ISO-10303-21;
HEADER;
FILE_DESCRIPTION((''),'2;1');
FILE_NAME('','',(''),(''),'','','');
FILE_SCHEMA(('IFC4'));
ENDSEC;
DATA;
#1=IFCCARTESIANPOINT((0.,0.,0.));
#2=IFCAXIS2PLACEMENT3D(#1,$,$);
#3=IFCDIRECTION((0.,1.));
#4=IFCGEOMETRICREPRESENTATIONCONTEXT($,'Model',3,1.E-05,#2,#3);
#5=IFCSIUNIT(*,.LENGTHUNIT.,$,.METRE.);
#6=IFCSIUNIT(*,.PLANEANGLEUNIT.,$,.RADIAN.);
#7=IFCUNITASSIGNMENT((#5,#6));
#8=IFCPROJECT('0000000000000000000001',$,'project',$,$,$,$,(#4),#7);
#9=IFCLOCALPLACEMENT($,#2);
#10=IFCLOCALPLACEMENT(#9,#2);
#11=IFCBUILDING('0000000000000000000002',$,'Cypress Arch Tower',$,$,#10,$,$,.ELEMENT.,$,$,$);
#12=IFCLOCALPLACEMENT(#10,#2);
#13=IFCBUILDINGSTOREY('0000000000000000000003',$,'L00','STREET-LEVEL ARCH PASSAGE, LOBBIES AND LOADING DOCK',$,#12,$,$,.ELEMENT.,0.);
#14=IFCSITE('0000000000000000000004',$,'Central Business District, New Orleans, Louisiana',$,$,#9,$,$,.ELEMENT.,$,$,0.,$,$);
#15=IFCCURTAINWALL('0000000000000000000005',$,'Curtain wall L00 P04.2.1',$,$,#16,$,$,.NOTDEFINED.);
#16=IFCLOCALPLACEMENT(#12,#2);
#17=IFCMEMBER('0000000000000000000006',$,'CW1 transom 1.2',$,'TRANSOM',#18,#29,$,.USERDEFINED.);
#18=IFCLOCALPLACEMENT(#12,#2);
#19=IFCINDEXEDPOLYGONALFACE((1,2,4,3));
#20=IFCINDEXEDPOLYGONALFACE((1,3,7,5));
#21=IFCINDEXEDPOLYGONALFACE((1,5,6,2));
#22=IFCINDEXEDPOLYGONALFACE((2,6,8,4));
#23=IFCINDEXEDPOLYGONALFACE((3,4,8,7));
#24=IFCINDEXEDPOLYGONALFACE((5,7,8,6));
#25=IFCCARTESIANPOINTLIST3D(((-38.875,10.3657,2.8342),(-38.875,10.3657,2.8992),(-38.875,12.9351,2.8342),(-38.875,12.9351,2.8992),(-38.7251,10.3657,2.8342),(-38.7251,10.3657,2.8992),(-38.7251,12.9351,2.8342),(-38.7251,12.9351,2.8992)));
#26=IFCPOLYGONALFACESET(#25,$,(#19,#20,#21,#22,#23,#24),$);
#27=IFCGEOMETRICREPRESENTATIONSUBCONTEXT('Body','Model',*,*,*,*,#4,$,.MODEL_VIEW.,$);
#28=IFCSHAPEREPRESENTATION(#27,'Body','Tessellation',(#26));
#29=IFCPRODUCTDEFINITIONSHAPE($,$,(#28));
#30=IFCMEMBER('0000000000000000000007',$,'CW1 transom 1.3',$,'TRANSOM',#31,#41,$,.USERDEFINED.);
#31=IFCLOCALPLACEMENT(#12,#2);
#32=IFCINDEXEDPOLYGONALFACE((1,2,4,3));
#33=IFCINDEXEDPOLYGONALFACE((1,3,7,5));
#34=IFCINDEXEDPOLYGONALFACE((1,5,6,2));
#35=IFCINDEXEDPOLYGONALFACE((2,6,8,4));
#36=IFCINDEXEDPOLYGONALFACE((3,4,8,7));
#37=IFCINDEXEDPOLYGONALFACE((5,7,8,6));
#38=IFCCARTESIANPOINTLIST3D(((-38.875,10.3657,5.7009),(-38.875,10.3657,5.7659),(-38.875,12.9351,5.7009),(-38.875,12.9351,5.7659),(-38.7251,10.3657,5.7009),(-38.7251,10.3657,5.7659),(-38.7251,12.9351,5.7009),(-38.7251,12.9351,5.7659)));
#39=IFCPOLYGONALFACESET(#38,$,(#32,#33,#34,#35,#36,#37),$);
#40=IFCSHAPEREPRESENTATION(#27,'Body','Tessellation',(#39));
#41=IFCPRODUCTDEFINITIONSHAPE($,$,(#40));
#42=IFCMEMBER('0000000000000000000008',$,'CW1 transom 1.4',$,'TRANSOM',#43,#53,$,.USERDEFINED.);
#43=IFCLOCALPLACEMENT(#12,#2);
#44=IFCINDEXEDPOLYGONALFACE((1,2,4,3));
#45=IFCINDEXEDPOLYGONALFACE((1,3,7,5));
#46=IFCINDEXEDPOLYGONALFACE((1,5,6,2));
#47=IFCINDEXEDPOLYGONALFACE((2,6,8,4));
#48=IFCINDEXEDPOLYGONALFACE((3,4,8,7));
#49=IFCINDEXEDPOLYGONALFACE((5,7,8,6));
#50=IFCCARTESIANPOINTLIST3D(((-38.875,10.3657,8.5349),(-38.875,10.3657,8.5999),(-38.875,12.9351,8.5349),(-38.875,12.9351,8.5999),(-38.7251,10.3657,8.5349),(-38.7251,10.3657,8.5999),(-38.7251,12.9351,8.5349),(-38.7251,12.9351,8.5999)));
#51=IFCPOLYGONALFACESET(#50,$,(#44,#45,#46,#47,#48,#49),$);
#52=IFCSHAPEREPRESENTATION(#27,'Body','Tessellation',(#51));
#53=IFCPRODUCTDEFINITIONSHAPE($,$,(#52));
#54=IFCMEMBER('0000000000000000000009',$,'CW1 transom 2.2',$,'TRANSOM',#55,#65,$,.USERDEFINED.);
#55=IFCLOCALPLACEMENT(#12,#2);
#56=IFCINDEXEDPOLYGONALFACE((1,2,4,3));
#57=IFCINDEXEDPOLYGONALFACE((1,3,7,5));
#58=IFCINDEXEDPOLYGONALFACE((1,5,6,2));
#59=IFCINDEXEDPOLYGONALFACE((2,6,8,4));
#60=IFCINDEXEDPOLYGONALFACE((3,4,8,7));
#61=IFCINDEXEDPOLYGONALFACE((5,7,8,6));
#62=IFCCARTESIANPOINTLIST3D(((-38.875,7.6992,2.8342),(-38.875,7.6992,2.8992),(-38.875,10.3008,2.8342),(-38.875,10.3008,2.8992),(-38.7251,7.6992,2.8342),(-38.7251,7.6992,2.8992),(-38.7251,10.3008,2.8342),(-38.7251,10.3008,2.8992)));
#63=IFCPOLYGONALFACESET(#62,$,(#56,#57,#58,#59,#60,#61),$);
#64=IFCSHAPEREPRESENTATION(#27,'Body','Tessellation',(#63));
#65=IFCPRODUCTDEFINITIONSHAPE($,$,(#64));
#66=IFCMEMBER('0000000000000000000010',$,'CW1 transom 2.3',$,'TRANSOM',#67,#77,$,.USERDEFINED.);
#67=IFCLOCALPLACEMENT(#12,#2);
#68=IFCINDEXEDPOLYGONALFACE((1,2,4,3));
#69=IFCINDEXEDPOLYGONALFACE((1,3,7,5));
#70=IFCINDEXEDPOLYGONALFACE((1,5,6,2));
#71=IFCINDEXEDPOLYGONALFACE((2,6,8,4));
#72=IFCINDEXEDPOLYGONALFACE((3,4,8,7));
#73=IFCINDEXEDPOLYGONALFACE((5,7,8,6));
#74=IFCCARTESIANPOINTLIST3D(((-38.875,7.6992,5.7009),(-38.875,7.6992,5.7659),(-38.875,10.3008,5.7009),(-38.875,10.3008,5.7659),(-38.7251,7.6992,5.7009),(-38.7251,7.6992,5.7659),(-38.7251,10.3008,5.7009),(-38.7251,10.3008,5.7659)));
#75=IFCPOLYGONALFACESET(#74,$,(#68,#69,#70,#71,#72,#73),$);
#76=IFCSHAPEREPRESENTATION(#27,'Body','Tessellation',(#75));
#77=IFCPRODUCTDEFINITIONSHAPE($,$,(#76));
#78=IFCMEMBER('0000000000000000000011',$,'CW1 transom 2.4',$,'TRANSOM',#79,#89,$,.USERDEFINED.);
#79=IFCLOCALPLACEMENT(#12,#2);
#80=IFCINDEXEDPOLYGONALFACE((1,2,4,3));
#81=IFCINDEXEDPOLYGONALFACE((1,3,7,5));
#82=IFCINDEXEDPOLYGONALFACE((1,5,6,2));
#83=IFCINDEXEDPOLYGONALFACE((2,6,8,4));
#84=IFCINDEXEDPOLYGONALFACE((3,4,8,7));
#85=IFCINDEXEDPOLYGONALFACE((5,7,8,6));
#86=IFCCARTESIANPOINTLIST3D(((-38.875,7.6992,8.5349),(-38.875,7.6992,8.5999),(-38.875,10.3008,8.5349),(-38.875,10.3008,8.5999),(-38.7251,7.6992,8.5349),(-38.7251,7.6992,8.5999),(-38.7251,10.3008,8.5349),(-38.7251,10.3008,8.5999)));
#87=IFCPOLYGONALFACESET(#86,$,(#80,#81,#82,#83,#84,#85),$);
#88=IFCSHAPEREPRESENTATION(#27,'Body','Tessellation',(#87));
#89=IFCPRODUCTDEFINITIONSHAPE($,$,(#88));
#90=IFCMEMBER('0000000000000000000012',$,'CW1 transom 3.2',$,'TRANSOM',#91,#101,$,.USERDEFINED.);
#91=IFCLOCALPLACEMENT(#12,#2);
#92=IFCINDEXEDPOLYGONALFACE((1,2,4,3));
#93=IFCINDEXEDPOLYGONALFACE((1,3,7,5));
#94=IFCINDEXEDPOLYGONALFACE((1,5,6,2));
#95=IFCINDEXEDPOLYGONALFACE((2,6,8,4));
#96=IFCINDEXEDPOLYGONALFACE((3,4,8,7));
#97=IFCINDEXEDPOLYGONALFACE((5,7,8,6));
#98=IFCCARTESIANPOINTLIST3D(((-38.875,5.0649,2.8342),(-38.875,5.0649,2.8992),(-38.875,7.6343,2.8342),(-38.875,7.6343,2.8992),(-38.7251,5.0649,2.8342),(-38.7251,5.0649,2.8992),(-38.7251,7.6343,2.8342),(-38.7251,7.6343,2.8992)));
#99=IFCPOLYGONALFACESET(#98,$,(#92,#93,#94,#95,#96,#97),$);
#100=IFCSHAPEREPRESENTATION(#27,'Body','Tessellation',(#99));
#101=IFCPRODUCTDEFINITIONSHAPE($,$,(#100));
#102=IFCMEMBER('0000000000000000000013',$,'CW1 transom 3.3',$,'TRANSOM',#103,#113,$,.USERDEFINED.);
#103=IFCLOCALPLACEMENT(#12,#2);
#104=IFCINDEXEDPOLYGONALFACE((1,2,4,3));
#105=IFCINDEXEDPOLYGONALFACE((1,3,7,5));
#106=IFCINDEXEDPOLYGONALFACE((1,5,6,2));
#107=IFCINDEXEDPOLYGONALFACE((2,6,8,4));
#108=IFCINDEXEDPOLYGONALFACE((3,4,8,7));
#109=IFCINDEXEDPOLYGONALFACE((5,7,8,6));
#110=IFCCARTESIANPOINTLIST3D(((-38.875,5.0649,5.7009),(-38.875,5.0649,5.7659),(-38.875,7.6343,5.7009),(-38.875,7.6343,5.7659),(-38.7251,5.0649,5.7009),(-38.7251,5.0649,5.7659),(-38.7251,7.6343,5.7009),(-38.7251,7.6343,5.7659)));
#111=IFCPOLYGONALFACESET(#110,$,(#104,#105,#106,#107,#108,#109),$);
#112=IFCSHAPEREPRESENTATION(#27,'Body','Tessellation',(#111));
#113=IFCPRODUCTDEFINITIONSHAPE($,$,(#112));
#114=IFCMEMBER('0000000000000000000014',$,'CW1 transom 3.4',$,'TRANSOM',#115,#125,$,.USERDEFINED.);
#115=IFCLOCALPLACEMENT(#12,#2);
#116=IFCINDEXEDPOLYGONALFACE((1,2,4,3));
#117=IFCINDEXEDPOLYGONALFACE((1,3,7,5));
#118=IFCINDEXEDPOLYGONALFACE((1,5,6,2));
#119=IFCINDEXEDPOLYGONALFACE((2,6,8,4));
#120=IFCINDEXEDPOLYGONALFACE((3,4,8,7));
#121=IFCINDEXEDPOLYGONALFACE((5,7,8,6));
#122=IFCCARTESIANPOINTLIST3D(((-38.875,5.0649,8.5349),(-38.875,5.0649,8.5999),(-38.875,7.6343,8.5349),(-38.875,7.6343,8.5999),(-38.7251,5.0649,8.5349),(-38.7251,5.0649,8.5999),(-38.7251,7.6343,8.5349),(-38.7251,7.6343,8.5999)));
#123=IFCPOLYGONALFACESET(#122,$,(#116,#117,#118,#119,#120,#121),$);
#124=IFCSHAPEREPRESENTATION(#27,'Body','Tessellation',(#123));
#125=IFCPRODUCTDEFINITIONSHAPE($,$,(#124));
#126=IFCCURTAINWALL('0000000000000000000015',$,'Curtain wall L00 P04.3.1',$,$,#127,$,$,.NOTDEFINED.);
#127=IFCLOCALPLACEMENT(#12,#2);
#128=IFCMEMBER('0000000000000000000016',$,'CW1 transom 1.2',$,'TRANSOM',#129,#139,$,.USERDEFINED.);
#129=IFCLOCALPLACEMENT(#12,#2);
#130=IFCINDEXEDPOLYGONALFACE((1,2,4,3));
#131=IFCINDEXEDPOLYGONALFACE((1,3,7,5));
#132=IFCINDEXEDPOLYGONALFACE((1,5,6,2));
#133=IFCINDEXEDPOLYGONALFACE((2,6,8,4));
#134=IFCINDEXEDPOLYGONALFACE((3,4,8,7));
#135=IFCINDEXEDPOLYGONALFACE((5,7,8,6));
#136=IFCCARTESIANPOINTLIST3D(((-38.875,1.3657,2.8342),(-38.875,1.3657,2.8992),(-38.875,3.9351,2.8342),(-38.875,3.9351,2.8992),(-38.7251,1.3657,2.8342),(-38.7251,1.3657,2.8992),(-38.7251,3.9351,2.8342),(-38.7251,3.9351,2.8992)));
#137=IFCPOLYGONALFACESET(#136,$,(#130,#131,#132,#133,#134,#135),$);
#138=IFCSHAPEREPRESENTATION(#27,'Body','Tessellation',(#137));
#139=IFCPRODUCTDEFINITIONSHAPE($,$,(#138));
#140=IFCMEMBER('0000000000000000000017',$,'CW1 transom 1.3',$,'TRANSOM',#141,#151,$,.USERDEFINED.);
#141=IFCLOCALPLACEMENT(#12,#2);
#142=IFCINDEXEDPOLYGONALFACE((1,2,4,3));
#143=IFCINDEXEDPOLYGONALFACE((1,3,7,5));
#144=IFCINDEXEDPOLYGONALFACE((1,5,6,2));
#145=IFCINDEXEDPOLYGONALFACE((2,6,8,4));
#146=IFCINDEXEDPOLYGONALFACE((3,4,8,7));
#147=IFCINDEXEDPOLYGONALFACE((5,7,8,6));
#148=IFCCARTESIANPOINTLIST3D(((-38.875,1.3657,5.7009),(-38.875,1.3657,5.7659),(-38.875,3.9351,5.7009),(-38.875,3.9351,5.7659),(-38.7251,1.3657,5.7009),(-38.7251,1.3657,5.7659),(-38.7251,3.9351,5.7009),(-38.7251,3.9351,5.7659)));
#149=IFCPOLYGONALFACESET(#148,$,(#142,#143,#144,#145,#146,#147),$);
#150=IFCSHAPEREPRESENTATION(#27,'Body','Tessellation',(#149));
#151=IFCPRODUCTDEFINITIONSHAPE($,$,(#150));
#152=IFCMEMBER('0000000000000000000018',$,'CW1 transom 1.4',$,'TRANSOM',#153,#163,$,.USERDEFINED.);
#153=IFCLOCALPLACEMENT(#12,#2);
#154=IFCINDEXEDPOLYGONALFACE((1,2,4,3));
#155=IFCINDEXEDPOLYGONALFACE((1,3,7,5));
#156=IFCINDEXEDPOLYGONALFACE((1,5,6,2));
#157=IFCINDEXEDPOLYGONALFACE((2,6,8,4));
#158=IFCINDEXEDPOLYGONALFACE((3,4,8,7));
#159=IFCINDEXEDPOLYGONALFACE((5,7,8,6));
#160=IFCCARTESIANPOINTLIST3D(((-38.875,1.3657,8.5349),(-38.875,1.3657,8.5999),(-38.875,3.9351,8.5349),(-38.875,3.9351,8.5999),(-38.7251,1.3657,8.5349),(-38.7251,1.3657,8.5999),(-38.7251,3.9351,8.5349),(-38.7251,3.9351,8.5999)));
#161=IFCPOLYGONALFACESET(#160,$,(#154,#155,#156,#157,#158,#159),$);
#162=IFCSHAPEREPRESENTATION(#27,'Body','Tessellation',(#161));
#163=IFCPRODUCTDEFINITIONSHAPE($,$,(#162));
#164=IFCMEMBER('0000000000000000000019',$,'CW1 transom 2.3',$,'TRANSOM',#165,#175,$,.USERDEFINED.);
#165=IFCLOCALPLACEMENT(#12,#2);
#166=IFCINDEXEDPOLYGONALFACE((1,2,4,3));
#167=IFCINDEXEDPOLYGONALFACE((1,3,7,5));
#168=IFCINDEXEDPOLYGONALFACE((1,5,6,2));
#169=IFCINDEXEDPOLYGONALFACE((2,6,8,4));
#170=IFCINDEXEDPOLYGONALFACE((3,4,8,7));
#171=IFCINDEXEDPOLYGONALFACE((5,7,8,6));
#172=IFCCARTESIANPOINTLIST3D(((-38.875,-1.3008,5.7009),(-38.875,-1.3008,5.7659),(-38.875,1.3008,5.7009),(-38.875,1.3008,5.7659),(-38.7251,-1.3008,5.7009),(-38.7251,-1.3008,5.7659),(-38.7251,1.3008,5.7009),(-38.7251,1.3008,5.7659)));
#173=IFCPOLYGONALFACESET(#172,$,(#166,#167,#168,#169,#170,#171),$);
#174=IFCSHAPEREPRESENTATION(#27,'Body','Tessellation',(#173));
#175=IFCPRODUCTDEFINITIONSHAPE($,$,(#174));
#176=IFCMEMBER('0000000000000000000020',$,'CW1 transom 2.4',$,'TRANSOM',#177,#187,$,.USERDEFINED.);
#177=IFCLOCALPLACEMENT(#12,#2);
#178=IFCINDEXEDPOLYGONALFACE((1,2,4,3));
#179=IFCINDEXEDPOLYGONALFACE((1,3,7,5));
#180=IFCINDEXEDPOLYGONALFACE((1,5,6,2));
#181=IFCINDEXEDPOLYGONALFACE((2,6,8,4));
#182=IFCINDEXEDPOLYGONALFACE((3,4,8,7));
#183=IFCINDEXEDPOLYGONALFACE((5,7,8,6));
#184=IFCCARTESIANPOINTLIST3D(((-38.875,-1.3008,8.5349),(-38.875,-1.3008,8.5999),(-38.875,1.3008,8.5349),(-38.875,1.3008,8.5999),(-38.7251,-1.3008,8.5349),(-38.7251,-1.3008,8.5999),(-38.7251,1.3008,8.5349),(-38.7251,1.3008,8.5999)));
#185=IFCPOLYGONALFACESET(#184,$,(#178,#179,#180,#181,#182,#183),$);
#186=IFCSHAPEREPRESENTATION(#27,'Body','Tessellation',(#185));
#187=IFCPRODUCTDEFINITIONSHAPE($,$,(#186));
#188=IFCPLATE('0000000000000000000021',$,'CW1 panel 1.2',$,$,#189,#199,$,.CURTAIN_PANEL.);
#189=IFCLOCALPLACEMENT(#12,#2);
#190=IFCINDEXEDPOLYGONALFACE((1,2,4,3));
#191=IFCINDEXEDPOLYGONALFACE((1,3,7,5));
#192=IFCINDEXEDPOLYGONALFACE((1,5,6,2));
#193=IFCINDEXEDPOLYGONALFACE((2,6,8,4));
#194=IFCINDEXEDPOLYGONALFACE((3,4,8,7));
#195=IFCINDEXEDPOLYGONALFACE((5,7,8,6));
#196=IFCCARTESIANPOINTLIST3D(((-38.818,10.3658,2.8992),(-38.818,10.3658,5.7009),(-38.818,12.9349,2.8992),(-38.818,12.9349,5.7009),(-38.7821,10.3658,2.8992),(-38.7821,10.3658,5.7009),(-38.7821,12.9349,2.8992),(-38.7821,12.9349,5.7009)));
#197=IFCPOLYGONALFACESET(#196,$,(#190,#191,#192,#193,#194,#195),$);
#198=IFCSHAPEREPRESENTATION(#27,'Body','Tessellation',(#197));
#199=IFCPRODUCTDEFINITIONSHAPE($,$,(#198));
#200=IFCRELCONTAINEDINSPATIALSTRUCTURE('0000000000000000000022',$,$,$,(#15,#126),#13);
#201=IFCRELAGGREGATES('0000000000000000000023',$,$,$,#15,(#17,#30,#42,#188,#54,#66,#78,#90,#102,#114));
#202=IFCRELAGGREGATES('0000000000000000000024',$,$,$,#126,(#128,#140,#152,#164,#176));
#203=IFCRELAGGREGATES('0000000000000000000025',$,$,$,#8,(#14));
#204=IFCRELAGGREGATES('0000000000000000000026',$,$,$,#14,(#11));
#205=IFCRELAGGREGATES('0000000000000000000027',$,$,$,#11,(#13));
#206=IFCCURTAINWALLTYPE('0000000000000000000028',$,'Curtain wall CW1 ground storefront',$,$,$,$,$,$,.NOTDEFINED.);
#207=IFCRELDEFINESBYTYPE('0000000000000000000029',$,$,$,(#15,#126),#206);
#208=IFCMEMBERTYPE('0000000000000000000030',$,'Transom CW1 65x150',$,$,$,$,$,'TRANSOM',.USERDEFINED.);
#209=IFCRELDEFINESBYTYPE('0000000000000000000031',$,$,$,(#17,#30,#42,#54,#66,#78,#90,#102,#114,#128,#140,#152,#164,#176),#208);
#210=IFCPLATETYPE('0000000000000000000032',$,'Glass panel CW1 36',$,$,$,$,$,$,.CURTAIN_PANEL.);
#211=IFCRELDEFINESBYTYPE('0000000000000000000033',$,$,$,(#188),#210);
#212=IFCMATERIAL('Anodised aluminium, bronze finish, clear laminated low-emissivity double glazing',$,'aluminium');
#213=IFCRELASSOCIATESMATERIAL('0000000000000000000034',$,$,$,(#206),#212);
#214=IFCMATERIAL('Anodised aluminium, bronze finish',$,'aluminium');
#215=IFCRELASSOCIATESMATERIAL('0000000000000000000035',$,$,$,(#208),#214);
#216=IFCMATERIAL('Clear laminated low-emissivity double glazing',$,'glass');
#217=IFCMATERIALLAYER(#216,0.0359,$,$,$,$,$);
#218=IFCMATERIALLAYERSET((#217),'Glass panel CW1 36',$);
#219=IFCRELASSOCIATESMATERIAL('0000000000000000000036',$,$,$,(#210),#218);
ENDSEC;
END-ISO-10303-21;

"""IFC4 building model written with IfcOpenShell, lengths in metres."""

from ifc_helpers import new_model, si_unit, direction, frame, origin, origin_2d, place, context, subcontext, project, spatial, rectangle, extrude, material, layer, layer_set, material_profile, profile_set, type_object, element, aggregate, save


model = new_model("IFC4")

# Units and contexts
model_context = context("Model", 3, precision=1e-05, world=origin(), true_north=direction((0.0, 1.0)))
body_context = subcontext(model_context, "Body", "Model", "MODEL_VIEW")
ifc_project = project(units=[si_unit("LENGTHUNIT", "METRE"), si_unit("PLANEANGLEUNIT", "RADIAN")], contexts=[model_context])

# Site, building, storey
site_placement = place(None, origin())
site = spatial("IfcSite", under=ifc_project, at=site_placement, Name="Central Business District, New Orleans, Louisiana", CompositionType="ELEMENT", RefElevation=0.0)
building_placement = place(site_placement, origin())
building = spatial("IfcBuilding", under=site, at=building_placement, Name="Cypress Arch Tower", CompositionType="ELEMENT")
storey_placement = place(building_placement, origin())
storey = spatial("IfcBuildingStorey", under=building, at=storey_placement, Name="L00", Description="STREET-LEVEL ARCH PASSAGE, LOBBIES AND LOADING DOCK", CompositionType="ELEMENT", Elevation=0.0)

# Curtain walls, members
ifc_material_1 = material(Name="Anodised aluminium, bronze finish, clear laminated low-emissivity double glazing", Category="aluminium")
curtain_wall_type = type_object("IfcCurtainWallType", Name="Curtain wall CW1 ground storefront", PredefinedType="NOTDEFINED", material=ifc_material_1)
curtain_wall_1_placement = place(storey_placement, origin())
curtain_wall_1 = element("IfcCurtainWall", 1, at=curtain_wall_1_placement, inside=storey, type_object=curtain_wall_type, Name="Curtain wall L00 P04.2.1", PredefinedType="NOTDEFINED")
ifc_material_2 = material(Name="Anodised aluminium, bronze finish", Category="aluminium")
ifc_material_profile = material_profile(ifc_material_2, rectangle(XDim=0.1499, YDim=0.0649, at=origin_2d()), Name="Transom 65x150")
ifc_profile_set = profile_set([ifc_material_profile], Name="Anodised aluminium, bronze finish")
member_type = type_object("IfcMemberType", Name="Transom CW1 65x150", ElementType="TRANSOM", PredefinedType="USERDEFINED", material=ifc_profile_set)
member_1_placement = place(storey_placement, frame((-38.8, 12.9351, 2.8667), z_axis=(0.0, -1.0, 0.0), x_axis=(1.0, 0.0, 0.0)))
member_1 = element("IfcMember", 2, at=member_1_placement, type_object=member_type, Name="CW1 transom 1.2", ObjectType="TRANSOM", PredefinedType="USERDEFINED", context=body_context, shape_type="SweptSolid", body=[
    extrude(rectangle(XDim=0.1499, YDim=0.0649, at=origin_2d()), origin(), (0.0, 0.0, 1.0), 2.5693),
])
member_2_placement = place(storey_placement, frame((-38.8, 12.9351, 5.7334), z_axis=(0.0, -1.0, 0.0), x_axis=(1.0, 0.0, 0.0)))
member_2 = element("IfcMember", 3, at=member_2_placement, type_object=member_type, Name="CW1 transom 1.3", ObjectType="TRANSOM", PredefinedType="USERDEFINED", context=body_context, shape_type="SweptSolid", body=[
    extrude(rectangle(XDim=0.1499, YDim=0.0649, at=origin_2d()), origin(), (0.0, 0.0, 1.0), 2.5693),
])
member_3_placement = place(storey_placement, frame((-38.8, 12.9351, 8.5674), z_axis=(0.0, -1.0, 0.0), x_axis=(1.0, 0.0, 0.0)))
member_3 = element("IfcMember", 4, at=member_3_placement, type_object=member_type, Name="CW1 transom 1.4", ObjectType="TRANSOM", PredefinedType="USERDEFINED", context=body_context, shape_type="SweptSolid", body=[
    extrude(rectangle(XDim=0.1499, YDim=0.0649, at=origin_2d()), origin(), (0.0, 0.0, 1.0), 2.5693),
])
member_4_placement = place(storey_placement, frame((-38.8, 10.3008, 2.8667), z_axis=(0.0, -1.0, 0.0), x_axis=(1.0, 0.0, 0.0)))
member_4 = element("IfcMember", 5, at=member_4_placement, type_object=member_type, Name="CW1 transom 2.2", ObjectType="TRANSOM", PredefinedType="USERDEFINED", context=body_context, shape_type="SweptSolid", body=[
    extrude(rectangle(XDim=0.1499, YDim=0.0649, at=origin_2d()), origin(), (0.0, 0.0, 1.0), 2.6016),
])
member_5_placement = place(storey_placement, frame((-38.8, 10.3008, 5.7334), z_axis=(0.0, -1.0, 0.0), x_axis=(1.0, 0.0, 0.0)))
member_5 = element("IfcMember", 6, at=member_5_placement, type_object=member_type, Name="CW1 transom 2.3", ObjectType="TRANSOM", PredefinedType="USERDEFINED", context=body_context, shape_type="SweptSolid", body=[
    extrude(rectangle(XDim=0.1499, YDim=0.0649, at=origin_2d()), origin(), (0.0, 0.0, 1.0), 2.6016),
])
member_6_placement = place(storey_placement, frame((-38.8, 10.3008, 8.5674), z_axis=(0.0, -1.0, 0.0), x_axis=(1.0, 0.0, 0.0)))
member_6 = element("IfcMember", 7, at=member_6_placement, type_object=member_type, Name="CW1 transom 2.4", ObjectType="TRANSOM", PredefinedType="USERDEFINED", context=body_context, shape_type="SweptSolid", body=[
    extrude(rectangle(XDim=0.1499, YDim=0.0649, at=origin_2d()), origin(), (0.0, 0.0, 1.0), 2.6016),
])
member_7_placement = place(storey_placement, frame((-38.8, 7.6343, 2.8667), z_axis=(0.0, -1.0, 0.0), x_axis=(1.0, 0.0, 0.0)))
member_7 = element("IfcMember", 8, at=member_7_placement, type_object=member_type, Name="CW1 transom 3.2", ObjectType="TRANSOM", PredefinedType="USERDEFINED", context=body_context, shape_type="SweptSolid", body=[
    extrude(rectangle(XDim=0.1499, YDim=0.0649, at=origin_2d()), origin(), (0.0, 0.0, 1.0), 2.5693),
])
member_8_placement = place(storey_placement, frame((-38.8, 7.6343, 5.7334), z_axis=(0.0, -1.0, 0.0), x_axis=(1.0, 0.0, 0.0)))
member_8 = element("IfcMember", 9, at=member_8_placement, type_object=member_type, Name="CW1 transom 3.3", ObjectType="TRANSOM", PredefinedType="USERDEFINED", context=body_context, shape_type="SweptSolid", body=[
    extrude(rectangle(XDim=0.1499, YDim=0.0649, at=origin_2d()), origin(), (0.0, 0.0, 1.0), 2.5693),
])
member_9_placement = place(storey_placement, frame((-38.8, 7.6343, 8.5674), z_axis=(0.0, -1.0, 0.0), x_axis=(1.0, 0.0, 0.0)))
member_9 = element("IfcMember", 10, at=member_9_placement, type_object=member_type, Name="CW1 transom 3.4", ObjectType="TRANSOM", PredefinedType="USERDEFINED", context=body_context, shape_type="SweptSolid", body=[
    extrude(rectangle(XDim=0.1499, YDim=0.0649, at=origin_2d()), origin(), (0.0, 0.0, 1.0), 2.5693),
])
curtain_wall_2_placement = place(storey_placement, origin())
curtain_wall_2 = element("IfcCurtainWall", 11, at=curtain_wall_2_placement, inside=storey, type_object=curtain_wall_type, Name="Curtain wall L00 P04.3.1", PredefinedType="NOTDEFINED")
member_10_placement = place(storey_placement, frame((-38.8, 3.9351, 2.8667), z_axis=(0.0, -1.0, 0.0), x_axis=(1.0, 0.0, 0.0)))
member_10 = element("IfcMember", 12, at=member_10_placement, type_object=member_type, Name="CW1 transom 1.2", ObjectType="TRANSOM", PredefinedType="USERDEFINED", context=body_context, shape_type="SweptSolid", body=[
    extrude(rectangle(XDim=0.1499, YDim=0.0649, at=origin_2d()), origin(), (0.0, 0.0, 1.0), 2.5693),
])
member_11_placement = place(storey_placement, frame((-38.8, 3.9351, 5.7334), z_axis=(0.0, -1.0, 0.0), x_axis=(1.0, 0.0, 0.0)))
member_11 = element("IfcMember", 13, at=member_11_placement, type_object=member_type, Name="CW1 transom 1.3", ObjectType="TRANSOM", PredefinedType="USERDEFINED", context=body_context, shape_type="SweptSolid", body=[
    extrude(rectangle(XDim=0.1499, YDim=0.0649, at=origin_2d()), origin(), (0.0, 0.0, 1.0), 2.5693),
])
member_12_placement = place(storey_placement, frame((-38.8, 3.9351, 8.5674), z_axis=(0.0, -1.0, 0.0), x_axis=(1.0, 0.0, 0.0)))
member_12 = element("IfcMember", 14, at=member_12_placement, type_object=member_type, Name="CW1 transom 1.4", ObjectType="TRANSOM", PredefinedType="USERDEFINED", context=body_context, shape_type="SweptSolid", body=[
    extrude(rectangle(XDim=0.1499, YDim=0.0649, at=origin_2d()), origin(), (0.0, 0.0, 1.0), 2.5693),
])
member_13_placement = place(storey_placement, frame((-38.8, 1.3008, 5.7334), z_axis=(0.0, -1.0, 0.0), x_axis=(1.0, 0.0, 0.0)))
member_13 = element("IfcMember", 15, at=member_13_placement, type_object=member_type, Name="CW1 transom 2.3", ObjectType="TRANSOM", PredefinedType="USERDEFINED", context=body_context, shape_type="SweptSolid", body=[
    extrude(rectangle(XDim=0.1499, YDim=0.0649, at=origin_2d()), origin(), (0.0, 0.0, 1.0), 2.6016),
])
member_14_placement = place(storey_placement, frame((-38.8, 1.3008, 8.5674), z_axis=(0.0, -1.0, 0.0), x_axis=(1.0, 0.0, 0.0)))
member_14 = element("IfcMember", 16, at=member_14_placement, type_object=member_type, Name="CW1 transom 2.4", ObjectType="TRANSOM", PredefinedType="USERDEFINED", context=body_context, shape_type="SweptSolid", body=[
    extrude(rectangle(XDim=0.1499, YDim=0.0649, at=origin_2d()), origin(), (0.0, 0.0, 1.0), 2.6016),
])

# Plate
ifc_material_3 = material(Name="Clear laminated low-emissivity double glazing", Category="glass")
ifc_layer = layer(ifc_material_3, 0.0359)
ifc_layer_set = layer_set([ifc_layer], Name="Glass panel CW1 36")
plate_type = type_object("IfcPlateType", Name="Glass panel CW1 36", PredefinedType="CURTAIN_PANEL", material=ifc_layer_set)
plate_1_placement = place(storey_placement, frame((-38.8, 11.6504, 2.8992), z_axis=(0.0, 0.0, 1.0), x_axis=(0.0, -1.0, 0.0)))
plate_1 = element("IfcPlate", 17, at=plate_1_placement, type_object=plate_type, Name="CW1 panel 1.2", PredefinedType="CURTAIN_PANEL", context=body_context, shape_type="SweptSolid", body=[
    extrude(rectangle(XDim=2.5691, YDim=0.0359, at=origin_2d()), origin(), (0.0, 0.0, 1.0), 2.8018),
])
aggregate(curtain_wall_1, [member_1, member_2, member_3, plate_1, member_4, member_5, member_6, member_7, member_8, member_9])
aggregate(curtain_wall_2, [member_10, member_11, member_12, member_13, member_14])

save(model, "model.ifc")
